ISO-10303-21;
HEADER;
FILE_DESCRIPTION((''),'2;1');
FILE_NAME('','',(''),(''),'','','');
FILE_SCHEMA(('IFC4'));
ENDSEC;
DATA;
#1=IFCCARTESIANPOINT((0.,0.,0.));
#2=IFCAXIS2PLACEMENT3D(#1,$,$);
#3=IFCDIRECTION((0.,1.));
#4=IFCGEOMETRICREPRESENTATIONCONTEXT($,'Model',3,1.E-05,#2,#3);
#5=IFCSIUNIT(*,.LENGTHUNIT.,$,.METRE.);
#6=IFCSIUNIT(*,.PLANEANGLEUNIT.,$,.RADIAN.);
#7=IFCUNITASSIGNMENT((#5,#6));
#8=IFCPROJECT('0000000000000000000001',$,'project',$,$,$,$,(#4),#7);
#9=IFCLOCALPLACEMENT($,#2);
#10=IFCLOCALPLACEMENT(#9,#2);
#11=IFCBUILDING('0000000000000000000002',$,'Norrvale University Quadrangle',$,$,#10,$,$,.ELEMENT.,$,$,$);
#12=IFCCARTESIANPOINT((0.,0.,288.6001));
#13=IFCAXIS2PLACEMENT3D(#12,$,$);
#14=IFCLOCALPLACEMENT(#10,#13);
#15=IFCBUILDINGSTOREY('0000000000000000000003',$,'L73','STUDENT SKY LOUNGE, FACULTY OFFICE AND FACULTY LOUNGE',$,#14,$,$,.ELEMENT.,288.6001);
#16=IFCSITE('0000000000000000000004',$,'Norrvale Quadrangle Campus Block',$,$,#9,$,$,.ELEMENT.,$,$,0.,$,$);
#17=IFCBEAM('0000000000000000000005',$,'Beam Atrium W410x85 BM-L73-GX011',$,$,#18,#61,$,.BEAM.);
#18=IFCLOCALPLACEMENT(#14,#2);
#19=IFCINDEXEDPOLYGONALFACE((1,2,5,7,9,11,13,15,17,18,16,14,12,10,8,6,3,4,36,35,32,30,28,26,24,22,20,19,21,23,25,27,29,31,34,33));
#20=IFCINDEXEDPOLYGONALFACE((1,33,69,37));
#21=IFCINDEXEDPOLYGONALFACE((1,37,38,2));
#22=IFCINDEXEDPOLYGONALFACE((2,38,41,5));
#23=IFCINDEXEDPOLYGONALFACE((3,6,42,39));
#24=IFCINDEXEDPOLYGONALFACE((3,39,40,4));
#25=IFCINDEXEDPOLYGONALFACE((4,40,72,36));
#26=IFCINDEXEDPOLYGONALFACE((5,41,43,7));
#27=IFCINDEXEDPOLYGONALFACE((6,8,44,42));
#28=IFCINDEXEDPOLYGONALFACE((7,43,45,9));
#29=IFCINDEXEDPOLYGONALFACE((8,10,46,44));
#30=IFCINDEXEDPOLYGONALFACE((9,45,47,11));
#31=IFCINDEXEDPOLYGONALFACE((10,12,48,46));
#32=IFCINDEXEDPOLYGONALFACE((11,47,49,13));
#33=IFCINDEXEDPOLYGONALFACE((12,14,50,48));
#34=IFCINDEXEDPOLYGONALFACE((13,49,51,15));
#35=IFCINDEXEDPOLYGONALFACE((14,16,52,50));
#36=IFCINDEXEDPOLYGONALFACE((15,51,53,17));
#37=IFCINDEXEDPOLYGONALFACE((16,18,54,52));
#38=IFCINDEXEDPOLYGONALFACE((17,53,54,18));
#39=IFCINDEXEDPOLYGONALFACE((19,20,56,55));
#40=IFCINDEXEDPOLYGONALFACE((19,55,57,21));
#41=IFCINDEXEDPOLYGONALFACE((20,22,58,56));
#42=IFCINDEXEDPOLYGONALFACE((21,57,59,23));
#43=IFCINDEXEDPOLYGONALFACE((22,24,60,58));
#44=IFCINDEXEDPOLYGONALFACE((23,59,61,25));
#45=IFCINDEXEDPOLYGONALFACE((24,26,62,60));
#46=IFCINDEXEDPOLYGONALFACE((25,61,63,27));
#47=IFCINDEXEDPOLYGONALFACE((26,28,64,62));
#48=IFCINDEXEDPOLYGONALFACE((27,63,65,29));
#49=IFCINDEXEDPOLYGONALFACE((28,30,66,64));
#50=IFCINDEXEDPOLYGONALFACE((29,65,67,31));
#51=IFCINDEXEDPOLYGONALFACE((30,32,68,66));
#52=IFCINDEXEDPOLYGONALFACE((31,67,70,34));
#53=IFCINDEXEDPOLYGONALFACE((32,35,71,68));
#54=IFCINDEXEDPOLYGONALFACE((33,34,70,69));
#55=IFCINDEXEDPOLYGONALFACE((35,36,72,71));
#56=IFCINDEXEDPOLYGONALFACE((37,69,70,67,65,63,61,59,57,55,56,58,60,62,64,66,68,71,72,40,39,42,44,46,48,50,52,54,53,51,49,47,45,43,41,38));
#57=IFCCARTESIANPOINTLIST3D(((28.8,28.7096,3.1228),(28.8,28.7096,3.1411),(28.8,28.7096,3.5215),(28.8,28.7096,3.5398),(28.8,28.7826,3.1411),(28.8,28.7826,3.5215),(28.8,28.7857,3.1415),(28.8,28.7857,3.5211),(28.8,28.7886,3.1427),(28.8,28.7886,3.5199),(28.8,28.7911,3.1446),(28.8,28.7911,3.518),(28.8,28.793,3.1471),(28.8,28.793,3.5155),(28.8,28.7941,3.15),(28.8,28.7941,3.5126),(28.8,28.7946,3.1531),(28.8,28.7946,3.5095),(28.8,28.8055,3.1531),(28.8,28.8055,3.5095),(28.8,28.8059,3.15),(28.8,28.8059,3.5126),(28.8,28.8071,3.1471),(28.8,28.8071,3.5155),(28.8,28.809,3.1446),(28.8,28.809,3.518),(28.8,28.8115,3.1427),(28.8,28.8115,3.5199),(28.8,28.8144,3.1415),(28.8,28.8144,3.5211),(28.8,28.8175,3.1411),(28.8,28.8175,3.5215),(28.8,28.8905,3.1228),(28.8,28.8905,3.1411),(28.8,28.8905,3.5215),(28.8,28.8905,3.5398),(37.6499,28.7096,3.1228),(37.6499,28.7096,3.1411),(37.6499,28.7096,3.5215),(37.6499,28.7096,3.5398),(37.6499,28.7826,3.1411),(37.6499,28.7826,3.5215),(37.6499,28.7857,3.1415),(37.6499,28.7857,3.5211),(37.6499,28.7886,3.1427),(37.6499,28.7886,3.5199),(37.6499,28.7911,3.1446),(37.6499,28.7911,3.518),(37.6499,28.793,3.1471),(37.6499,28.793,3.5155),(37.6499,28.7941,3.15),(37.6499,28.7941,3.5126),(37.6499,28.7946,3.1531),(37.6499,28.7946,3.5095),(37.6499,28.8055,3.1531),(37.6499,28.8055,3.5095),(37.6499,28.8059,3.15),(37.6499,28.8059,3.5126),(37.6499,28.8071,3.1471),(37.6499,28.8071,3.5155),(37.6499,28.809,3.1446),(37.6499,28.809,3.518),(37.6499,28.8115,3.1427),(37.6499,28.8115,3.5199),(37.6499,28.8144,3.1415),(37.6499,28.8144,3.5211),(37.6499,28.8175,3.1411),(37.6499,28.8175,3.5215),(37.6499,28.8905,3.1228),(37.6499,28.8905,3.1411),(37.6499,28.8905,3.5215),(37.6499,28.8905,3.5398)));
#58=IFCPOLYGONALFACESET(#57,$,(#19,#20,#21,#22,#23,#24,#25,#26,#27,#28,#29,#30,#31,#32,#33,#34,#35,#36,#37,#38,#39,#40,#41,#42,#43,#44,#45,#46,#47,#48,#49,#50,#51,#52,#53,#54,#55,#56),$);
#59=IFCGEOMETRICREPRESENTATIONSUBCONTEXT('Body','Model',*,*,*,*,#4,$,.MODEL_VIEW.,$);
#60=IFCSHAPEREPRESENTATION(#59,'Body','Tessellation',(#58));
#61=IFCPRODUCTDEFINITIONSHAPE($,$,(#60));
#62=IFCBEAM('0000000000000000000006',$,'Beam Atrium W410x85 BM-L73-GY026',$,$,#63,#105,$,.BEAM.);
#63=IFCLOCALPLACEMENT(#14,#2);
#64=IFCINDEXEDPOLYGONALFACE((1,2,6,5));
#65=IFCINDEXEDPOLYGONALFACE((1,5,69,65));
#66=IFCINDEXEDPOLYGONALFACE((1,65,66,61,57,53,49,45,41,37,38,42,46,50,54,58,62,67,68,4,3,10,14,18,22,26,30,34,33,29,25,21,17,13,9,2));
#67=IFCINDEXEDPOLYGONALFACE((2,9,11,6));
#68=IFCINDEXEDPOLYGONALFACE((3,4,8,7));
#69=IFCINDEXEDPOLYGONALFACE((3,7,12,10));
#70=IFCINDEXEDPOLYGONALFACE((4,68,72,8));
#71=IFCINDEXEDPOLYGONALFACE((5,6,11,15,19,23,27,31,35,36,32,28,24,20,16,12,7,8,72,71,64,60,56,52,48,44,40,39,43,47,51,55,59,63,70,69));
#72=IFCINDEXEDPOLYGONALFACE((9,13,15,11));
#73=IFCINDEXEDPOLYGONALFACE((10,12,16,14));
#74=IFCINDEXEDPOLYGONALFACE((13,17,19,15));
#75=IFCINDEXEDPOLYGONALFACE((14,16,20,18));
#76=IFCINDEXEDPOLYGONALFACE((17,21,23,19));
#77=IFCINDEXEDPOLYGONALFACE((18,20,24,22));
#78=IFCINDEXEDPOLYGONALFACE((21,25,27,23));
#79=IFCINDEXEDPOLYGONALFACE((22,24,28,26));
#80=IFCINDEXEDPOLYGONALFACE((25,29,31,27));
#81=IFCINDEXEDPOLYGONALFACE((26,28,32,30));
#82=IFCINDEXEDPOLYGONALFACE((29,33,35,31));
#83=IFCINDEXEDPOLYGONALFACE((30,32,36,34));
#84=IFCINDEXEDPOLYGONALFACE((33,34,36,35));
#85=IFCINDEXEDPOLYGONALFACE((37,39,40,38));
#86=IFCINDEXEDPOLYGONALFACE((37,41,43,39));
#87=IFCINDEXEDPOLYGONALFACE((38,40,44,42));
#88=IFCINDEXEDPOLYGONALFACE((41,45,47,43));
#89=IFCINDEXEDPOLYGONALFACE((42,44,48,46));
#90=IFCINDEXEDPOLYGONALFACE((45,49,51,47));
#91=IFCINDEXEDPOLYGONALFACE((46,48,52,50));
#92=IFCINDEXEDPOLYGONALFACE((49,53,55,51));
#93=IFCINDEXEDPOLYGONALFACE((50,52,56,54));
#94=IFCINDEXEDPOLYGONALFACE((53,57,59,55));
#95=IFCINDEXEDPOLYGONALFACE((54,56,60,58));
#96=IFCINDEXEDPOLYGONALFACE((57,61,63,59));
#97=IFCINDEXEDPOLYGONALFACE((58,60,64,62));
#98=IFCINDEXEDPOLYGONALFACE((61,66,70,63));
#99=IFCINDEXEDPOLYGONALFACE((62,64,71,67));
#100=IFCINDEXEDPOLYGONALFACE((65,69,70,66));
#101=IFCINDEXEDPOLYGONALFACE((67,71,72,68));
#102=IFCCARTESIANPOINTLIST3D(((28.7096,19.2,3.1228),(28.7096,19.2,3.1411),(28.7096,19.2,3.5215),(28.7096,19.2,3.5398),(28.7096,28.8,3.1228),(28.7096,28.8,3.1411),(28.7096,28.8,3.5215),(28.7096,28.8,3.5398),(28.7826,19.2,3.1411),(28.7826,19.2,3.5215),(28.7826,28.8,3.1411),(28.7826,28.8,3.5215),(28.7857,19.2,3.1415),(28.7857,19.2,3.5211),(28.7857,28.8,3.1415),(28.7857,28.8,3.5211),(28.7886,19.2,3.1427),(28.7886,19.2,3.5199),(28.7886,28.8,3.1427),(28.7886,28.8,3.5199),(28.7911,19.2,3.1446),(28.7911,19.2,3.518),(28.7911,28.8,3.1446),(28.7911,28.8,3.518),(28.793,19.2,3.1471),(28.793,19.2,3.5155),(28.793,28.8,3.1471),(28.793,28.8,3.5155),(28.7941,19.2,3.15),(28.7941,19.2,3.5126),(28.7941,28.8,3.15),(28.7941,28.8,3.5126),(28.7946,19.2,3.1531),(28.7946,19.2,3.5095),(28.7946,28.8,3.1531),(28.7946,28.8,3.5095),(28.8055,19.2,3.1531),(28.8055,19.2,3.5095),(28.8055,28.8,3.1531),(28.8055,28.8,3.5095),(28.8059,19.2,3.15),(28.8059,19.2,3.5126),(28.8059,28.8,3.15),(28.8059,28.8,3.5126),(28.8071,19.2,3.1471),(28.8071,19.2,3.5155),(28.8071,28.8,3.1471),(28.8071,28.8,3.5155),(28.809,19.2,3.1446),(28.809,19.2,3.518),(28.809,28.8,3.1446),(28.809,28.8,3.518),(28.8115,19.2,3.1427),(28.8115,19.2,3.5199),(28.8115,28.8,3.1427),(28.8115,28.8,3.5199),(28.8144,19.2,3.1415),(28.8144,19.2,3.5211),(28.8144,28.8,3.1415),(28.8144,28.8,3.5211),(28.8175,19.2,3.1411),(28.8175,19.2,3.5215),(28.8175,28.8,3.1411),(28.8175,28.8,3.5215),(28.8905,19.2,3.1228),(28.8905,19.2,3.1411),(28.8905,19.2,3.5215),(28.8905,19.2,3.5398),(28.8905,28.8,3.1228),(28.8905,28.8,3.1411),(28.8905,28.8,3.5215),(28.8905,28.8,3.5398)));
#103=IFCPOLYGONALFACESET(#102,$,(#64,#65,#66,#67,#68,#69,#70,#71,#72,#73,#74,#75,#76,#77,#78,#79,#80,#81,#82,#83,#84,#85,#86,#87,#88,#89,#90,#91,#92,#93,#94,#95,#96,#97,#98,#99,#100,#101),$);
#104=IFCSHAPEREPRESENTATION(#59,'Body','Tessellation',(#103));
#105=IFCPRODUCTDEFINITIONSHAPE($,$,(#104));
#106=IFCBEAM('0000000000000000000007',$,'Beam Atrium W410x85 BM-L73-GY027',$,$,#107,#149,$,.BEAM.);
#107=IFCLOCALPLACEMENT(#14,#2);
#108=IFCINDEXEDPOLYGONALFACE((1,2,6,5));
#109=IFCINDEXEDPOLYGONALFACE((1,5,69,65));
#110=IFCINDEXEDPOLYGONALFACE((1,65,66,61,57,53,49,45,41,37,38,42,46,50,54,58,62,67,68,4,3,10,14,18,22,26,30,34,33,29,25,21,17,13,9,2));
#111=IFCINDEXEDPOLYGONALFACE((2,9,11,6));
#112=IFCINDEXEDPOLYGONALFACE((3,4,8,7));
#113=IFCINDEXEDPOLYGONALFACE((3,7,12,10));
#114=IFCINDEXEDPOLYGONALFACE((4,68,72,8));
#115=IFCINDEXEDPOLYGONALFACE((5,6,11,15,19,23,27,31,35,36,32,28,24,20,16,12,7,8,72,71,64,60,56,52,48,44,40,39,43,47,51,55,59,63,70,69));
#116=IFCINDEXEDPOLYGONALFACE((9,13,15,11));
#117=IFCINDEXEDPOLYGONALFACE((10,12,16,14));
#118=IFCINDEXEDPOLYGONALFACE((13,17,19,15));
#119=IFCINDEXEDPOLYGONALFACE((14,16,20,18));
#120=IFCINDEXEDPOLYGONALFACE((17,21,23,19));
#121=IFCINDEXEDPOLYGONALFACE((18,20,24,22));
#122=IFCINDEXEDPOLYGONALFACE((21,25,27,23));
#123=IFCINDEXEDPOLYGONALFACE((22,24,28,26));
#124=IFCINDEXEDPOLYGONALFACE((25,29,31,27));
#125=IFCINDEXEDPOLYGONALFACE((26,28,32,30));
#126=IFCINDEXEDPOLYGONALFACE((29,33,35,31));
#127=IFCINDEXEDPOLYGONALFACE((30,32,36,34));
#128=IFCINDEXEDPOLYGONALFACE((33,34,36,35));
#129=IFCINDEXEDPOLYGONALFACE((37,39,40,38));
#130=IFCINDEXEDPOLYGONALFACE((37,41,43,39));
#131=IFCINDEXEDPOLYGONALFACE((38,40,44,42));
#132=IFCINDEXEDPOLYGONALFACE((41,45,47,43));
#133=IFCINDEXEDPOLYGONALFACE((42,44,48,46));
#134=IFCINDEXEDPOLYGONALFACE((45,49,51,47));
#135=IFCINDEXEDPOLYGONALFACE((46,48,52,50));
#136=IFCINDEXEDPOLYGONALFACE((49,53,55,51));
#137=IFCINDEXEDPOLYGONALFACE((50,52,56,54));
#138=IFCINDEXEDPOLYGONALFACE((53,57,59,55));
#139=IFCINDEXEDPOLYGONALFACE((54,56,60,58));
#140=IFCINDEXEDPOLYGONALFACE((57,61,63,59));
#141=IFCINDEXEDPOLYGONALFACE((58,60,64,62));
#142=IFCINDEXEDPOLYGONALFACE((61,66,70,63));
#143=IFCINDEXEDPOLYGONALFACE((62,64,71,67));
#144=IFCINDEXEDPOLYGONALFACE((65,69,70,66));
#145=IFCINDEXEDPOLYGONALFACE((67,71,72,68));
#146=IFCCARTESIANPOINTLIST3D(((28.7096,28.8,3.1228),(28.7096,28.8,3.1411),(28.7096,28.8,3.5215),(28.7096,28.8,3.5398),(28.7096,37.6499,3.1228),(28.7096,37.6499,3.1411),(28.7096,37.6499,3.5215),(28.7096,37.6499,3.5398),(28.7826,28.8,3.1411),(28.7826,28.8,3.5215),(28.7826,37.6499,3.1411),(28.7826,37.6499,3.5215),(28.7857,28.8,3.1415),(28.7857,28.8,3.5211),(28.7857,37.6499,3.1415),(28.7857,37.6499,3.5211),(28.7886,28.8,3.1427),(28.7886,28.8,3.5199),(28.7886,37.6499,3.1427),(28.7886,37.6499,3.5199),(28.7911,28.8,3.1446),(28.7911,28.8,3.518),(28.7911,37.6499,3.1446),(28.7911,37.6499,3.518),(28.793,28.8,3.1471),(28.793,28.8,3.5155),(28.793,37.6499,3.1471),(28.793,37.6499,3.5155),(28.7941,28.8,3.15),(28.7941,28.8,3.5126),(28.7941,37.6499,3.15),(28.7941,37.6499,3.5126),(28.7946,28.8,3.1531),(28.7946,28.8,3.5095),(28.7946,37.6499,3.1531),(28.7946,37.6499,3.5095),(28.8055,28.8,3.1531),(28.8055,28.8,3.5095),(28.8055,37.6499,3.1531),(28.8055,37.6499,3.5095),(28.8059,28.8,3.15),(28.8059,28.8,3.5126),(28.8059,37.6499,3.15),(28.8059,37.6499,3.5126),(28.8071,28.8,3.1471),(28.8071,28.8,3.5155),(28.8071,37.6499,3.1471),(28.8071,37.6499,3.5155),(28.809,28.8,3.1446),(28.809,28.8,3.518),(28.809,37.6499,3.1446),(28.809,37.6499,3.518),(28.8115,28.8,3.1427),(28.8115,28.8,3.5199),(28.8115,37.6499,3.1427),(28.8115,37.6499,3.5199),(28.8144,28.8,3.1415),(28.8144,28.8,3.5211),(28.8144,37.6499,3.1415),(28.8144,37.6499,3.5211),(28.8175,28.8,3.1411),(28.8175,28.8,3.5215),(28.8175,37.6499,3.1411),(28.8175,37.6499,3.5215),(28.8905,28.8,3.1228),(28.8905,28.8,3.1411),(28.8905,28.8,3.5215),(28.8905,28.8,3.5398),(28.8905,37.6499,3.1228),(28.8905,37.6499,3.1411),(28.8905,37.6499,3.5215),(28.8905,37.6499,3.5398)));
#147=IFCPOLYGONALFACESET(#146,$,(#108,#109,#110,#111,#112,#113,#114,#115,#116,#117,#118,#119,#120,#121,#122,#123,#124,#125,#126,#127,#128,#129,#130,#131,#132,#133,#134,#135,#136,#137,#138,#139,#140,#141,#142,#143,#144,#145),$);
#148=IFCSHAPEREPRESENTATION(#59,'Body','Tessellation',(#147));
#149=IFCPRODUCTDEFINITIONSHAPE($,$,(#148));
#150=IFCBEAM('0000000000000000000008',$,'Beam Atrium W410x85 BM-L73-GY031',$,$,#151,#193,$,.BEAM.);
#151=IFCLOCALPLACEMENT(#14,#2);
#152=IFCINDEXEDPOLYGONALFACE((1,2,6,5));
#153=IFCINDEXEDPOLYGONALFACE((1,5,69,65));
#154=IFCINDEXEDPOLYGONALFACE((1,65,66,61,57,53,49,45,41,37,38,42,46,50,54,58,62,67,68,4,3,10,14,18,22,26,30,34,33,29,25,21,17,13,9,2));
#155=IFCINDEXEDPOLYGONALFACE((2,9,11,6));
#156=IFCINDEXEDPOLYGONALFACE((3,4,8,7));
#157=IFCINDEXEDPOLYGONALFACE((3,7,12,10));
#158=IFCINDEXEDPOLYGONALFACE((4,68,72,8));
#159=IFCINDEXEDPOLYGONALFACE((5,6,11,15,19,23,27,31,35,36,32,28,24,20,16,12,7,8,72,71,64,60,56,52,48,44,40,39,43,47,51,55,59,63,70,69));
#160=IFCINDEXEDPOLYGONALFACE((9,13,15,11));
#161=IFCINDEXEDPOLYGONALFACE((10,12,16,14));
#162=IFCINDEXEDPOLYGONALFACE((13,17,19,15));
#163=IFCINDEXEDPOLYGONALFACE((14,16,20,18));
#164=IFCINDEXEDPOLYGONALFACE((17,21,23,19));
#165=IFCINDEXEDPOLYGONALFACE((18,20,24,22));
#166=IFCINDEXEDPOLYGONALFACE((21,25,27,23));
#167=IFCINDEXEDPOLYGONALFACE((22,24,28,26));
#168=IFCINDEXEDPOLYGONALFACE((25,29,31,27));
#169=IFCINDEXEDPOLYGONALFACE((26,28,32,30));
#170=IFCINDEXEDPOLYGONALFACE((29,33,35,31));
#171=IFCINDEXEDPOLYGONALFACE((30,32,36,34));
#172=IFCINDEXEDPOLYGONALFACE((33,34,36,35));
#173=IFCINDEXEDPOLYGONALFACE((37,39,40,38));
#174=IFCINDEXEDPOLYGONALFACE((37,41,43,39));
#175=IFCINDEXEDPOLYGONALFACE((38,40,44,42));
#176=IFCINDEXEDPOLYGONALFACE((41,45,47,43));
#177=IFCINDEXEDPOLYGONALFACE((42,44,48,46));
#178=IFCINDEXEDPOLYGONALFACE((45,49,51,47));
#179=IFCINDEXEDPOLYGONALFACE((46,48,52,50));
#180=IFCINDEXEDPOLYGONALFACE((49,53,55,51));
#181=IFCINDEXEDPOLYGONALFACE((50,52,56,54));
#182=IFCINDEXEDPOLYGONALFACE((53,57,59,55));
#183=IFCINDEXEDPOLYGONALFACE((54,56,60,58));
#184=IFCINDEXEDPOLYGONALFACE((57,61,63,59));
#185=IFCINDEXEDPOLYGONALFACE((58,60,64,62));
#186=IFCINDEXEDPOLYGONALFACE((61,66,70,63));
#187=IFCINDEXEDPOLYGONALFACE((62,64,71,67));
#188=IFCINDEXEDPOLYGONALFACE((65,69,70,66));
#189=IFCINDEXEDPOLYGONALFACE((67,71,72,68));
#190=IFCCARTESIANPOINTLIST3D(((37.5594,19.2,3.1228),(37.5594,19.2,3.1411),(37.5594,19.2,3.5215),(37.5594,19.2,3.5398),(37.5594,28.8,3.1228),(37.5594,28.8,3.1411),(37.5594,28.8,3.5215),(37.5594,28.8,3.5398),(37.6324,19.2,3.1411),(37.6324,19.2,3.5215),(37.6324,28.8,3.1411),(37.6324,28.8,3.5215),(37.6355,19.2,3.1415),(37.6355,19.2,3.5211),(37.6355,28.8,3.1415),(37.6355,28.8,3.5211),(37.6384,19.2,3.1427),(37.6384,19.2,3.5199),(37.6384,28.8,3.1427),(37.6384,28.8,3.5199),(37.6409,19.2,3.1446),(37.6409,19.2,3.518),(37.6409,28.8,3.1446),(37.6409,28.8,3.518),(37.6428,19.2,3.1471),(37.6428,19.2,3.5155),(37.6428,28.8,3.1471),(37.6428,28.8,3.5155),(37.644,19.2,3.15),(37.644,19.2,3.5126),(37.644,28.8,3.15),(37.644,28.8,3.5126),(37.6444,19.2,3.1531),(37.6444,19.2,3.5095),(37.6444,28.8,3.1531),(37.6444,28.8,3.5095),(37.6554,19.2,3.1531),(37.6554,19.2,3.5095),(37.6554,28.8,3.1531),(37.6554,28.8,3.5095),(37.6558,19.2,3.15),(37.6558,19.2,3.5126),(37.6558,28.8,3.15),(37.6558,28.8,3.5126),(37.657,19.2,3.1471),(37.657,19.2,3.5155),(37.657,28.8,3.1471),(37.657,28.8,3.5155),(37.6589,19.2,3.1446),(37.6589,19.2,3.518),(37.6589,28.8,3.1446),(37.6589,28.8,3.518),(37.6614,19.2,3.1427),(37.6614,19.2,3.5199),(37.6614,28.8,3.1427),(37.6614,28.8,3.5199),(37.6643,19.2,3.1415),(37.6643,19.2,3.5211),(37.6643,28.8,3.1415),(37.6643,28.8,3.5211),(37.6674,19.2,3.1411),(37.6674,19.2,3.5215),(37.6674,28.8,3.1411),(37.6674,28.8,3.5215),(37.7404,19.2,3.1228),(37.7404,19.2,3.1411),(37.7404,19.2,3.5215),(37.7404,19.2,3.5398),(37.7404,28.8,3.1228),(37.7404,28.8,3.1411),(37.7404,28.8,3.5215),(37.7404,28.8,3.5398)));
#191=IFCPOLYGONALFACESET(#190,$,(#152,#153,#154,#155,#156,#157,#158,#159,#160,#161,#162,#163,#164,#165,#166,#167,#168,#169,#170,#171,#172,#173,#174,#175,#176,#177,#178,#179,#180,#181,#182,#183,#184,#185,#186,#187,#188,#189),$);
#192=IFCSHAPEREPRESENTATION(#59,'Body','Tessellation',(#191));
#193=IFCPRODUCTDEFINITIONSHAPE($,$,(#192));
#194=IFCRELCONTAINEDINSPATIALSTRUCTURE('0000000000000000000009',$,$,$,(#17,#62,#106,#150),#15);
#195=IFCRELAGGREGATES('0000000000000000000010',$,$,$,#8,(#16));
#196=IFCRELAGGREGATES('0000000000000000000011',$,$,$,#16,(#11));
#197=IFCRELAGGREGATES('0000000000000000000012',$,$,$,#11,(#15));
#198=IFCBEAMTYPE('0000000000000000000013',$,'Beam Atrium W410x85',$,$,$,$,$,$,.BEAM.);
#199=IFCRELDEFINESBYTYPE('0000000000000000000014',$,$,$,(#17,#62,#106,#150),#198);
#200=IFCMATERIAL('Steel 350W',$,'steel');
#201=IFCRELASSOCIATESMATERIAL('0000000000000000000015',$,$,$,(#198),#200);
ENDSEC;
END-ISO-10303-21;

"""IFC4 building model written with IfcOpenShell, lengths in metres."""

from ifc_helpers import new_model, si_unit, direction, frame, origin, origin_2d, place, context, subcontext, project, spatial, i_section, extrude, material, material_profile, profile_set, type_object, element, save


model = new_model("IFC4")

# Units and contexts
model_context = context("Model", 3, precision=1e-05, world=origin(), true_north=direction((0.0, 1.0)))
body_context = subcontext(model_context, "Body", "Model", "MODEL_VIEW")
ifc_project = project(units=[si_unit("LENGTHUNIT", "METRE"), si_unit("PLANEANGLEUNIT", "RADIAN")], contexts=[model_context])

# Site, building, storey
site_placement = place(None, origin())
site = spatial("IfcSite", under=ifc_project, at=site_placement, Name="Norrvale Quadrangle Campus Block", CompositionType="ELEMENT", RefElevation=0.0)
building_placement = place(site_placement, origin())
building = spatial("IfcBuilding", under=site, at=building_placement, Name="Norrvale University Quadrangle", CompositionType="ELEMENT")
storey_placement = place(building_placement, frame((0.0, 0.0, 288.6001)))
storey = spatial("IfcBuildingStorey", under=building, at=storey_placement, Name="L73", Description="STUDENT SKY LOUNGE, FACULTY OFFICE AND FACULTY LOUNGE", CompositionType="ELEMENT", Elevation=288.6001)

# Beams
ifc_material_1 = material(Name="Steel 350W", Category="steel")
ifc_material_profile_1 = material_profile(ifc_material_1, i_section(OverallWidth=0.1809, OverallDepth=0.417, WebThickness=0.011, FlangeThickness=0.0183, FilletRadius=0.012, at=origin_2d()), Name="Steel 350W")
ifc_profile_set_1 = profile_set([ifc_material_profile_1], Name="Steel 350W")
beam_type_1 = type_object("IfcBeamType", Name="Beam Atrium W410x85", PredefinedType="BEAM", material=ifc_profile_set_1)
beam_1_placement = place(storey_placement, frame((28.8, 28.8, 3.3313), z_axis=(1.0, 0.0, 0.0), x_axis=(0.0, 1.0, 0.0)))
element("IfcBeam", 1, at=beam_1_placement, inside=storey, type_object=beam_type_1, Name="Beam Atrium W410x85 BM-L73-GX011", PredefinedType="BEAM", context=body_context, shape_type="SweptSolid", body=[
    extrude(i_section(OverallWidth=0.1809, OverallDepth=0.417, WebThickness=0.011, FlangeThickness=0.0183, FilletRadius=0.012, at=origin_2d()), origin(), (0.0, 0.0, 1.0), 8.8499),
])
beam_2_placement = place(storey_placement, frame((28.8, 19.2, 3.3313), z_axis=(0.0, 1.0, 0.0), x_axis=(-1.0, 0.0, 0.0)))
element("IfcBeam", 2, at=beam_2_placement, inside=storey, type_object=beam_type_1, Name="Beam Atrium W410x85 BM-L73-GY026", PredefinedType="BEAM", context=body_context, shape_type="SweptSolid", body=[
    extrude(i_section(OverallWidth=0.1809, OverallDepth=0.417, WebThickness=0.011, FlangeThickness=0.0183, FilletRadius=0.012, at=origin_2d()), origin(), (0.0, 0.0, 1.0), 9.6001),
])
beam_3_placement = place(storey_placement, frame((28.8, 28.8, 3.3313), z_axis=(0.0, 1.0, 0.0), x_axis=(-1.0, 0.0, 0.0)))
element("IfcBeam", 3, at=beam_3_placement, inside=storey, type_object=beam_type_1, Name="Beam Atrium W410x85 BM-L73-GY027", PredefinedType="BEAM", context=body_context, shape_type="SweptSolid", body=[
    extrude(i_section(OverallWidth=0.1809, OverallDepth=0.417, WebThickness=0.011, FlangeThickness=0.0183, FilletRadius=0.012, at=origin_2d()), origin(), (0.0, 0.0, 1.0), 8.8499),
])
for number, where, z_axis, x_axis, name in (
    (4, (37.6499, 19.2, 3.3313), (0.0, 1.0, 0.0), (-1.0, 0.0, 0.0), "Beam Atrium W410x85 BM-L73-GY031"),
):
    element("IfcBeam", number, at=place(storey_placement, frame(where, z_axis=z_axis, x_axis=x_axis)), inside=storey, type_object=beam_type_1, Name=name, PredefinedType="BEAM", context=body_context, shape_type="SweptSolid", body=[
        extrude(i_section(OverallWidth=0.1809, OverallDepth=0.417, WebThickness=0.011, FlangeThickness=0.0183, FilletRadius=0.012, at=origin_2d()), origin(), (0.0, 0.0, 1.0), 9.6001),
    ])

save(model, "model.ifc")
